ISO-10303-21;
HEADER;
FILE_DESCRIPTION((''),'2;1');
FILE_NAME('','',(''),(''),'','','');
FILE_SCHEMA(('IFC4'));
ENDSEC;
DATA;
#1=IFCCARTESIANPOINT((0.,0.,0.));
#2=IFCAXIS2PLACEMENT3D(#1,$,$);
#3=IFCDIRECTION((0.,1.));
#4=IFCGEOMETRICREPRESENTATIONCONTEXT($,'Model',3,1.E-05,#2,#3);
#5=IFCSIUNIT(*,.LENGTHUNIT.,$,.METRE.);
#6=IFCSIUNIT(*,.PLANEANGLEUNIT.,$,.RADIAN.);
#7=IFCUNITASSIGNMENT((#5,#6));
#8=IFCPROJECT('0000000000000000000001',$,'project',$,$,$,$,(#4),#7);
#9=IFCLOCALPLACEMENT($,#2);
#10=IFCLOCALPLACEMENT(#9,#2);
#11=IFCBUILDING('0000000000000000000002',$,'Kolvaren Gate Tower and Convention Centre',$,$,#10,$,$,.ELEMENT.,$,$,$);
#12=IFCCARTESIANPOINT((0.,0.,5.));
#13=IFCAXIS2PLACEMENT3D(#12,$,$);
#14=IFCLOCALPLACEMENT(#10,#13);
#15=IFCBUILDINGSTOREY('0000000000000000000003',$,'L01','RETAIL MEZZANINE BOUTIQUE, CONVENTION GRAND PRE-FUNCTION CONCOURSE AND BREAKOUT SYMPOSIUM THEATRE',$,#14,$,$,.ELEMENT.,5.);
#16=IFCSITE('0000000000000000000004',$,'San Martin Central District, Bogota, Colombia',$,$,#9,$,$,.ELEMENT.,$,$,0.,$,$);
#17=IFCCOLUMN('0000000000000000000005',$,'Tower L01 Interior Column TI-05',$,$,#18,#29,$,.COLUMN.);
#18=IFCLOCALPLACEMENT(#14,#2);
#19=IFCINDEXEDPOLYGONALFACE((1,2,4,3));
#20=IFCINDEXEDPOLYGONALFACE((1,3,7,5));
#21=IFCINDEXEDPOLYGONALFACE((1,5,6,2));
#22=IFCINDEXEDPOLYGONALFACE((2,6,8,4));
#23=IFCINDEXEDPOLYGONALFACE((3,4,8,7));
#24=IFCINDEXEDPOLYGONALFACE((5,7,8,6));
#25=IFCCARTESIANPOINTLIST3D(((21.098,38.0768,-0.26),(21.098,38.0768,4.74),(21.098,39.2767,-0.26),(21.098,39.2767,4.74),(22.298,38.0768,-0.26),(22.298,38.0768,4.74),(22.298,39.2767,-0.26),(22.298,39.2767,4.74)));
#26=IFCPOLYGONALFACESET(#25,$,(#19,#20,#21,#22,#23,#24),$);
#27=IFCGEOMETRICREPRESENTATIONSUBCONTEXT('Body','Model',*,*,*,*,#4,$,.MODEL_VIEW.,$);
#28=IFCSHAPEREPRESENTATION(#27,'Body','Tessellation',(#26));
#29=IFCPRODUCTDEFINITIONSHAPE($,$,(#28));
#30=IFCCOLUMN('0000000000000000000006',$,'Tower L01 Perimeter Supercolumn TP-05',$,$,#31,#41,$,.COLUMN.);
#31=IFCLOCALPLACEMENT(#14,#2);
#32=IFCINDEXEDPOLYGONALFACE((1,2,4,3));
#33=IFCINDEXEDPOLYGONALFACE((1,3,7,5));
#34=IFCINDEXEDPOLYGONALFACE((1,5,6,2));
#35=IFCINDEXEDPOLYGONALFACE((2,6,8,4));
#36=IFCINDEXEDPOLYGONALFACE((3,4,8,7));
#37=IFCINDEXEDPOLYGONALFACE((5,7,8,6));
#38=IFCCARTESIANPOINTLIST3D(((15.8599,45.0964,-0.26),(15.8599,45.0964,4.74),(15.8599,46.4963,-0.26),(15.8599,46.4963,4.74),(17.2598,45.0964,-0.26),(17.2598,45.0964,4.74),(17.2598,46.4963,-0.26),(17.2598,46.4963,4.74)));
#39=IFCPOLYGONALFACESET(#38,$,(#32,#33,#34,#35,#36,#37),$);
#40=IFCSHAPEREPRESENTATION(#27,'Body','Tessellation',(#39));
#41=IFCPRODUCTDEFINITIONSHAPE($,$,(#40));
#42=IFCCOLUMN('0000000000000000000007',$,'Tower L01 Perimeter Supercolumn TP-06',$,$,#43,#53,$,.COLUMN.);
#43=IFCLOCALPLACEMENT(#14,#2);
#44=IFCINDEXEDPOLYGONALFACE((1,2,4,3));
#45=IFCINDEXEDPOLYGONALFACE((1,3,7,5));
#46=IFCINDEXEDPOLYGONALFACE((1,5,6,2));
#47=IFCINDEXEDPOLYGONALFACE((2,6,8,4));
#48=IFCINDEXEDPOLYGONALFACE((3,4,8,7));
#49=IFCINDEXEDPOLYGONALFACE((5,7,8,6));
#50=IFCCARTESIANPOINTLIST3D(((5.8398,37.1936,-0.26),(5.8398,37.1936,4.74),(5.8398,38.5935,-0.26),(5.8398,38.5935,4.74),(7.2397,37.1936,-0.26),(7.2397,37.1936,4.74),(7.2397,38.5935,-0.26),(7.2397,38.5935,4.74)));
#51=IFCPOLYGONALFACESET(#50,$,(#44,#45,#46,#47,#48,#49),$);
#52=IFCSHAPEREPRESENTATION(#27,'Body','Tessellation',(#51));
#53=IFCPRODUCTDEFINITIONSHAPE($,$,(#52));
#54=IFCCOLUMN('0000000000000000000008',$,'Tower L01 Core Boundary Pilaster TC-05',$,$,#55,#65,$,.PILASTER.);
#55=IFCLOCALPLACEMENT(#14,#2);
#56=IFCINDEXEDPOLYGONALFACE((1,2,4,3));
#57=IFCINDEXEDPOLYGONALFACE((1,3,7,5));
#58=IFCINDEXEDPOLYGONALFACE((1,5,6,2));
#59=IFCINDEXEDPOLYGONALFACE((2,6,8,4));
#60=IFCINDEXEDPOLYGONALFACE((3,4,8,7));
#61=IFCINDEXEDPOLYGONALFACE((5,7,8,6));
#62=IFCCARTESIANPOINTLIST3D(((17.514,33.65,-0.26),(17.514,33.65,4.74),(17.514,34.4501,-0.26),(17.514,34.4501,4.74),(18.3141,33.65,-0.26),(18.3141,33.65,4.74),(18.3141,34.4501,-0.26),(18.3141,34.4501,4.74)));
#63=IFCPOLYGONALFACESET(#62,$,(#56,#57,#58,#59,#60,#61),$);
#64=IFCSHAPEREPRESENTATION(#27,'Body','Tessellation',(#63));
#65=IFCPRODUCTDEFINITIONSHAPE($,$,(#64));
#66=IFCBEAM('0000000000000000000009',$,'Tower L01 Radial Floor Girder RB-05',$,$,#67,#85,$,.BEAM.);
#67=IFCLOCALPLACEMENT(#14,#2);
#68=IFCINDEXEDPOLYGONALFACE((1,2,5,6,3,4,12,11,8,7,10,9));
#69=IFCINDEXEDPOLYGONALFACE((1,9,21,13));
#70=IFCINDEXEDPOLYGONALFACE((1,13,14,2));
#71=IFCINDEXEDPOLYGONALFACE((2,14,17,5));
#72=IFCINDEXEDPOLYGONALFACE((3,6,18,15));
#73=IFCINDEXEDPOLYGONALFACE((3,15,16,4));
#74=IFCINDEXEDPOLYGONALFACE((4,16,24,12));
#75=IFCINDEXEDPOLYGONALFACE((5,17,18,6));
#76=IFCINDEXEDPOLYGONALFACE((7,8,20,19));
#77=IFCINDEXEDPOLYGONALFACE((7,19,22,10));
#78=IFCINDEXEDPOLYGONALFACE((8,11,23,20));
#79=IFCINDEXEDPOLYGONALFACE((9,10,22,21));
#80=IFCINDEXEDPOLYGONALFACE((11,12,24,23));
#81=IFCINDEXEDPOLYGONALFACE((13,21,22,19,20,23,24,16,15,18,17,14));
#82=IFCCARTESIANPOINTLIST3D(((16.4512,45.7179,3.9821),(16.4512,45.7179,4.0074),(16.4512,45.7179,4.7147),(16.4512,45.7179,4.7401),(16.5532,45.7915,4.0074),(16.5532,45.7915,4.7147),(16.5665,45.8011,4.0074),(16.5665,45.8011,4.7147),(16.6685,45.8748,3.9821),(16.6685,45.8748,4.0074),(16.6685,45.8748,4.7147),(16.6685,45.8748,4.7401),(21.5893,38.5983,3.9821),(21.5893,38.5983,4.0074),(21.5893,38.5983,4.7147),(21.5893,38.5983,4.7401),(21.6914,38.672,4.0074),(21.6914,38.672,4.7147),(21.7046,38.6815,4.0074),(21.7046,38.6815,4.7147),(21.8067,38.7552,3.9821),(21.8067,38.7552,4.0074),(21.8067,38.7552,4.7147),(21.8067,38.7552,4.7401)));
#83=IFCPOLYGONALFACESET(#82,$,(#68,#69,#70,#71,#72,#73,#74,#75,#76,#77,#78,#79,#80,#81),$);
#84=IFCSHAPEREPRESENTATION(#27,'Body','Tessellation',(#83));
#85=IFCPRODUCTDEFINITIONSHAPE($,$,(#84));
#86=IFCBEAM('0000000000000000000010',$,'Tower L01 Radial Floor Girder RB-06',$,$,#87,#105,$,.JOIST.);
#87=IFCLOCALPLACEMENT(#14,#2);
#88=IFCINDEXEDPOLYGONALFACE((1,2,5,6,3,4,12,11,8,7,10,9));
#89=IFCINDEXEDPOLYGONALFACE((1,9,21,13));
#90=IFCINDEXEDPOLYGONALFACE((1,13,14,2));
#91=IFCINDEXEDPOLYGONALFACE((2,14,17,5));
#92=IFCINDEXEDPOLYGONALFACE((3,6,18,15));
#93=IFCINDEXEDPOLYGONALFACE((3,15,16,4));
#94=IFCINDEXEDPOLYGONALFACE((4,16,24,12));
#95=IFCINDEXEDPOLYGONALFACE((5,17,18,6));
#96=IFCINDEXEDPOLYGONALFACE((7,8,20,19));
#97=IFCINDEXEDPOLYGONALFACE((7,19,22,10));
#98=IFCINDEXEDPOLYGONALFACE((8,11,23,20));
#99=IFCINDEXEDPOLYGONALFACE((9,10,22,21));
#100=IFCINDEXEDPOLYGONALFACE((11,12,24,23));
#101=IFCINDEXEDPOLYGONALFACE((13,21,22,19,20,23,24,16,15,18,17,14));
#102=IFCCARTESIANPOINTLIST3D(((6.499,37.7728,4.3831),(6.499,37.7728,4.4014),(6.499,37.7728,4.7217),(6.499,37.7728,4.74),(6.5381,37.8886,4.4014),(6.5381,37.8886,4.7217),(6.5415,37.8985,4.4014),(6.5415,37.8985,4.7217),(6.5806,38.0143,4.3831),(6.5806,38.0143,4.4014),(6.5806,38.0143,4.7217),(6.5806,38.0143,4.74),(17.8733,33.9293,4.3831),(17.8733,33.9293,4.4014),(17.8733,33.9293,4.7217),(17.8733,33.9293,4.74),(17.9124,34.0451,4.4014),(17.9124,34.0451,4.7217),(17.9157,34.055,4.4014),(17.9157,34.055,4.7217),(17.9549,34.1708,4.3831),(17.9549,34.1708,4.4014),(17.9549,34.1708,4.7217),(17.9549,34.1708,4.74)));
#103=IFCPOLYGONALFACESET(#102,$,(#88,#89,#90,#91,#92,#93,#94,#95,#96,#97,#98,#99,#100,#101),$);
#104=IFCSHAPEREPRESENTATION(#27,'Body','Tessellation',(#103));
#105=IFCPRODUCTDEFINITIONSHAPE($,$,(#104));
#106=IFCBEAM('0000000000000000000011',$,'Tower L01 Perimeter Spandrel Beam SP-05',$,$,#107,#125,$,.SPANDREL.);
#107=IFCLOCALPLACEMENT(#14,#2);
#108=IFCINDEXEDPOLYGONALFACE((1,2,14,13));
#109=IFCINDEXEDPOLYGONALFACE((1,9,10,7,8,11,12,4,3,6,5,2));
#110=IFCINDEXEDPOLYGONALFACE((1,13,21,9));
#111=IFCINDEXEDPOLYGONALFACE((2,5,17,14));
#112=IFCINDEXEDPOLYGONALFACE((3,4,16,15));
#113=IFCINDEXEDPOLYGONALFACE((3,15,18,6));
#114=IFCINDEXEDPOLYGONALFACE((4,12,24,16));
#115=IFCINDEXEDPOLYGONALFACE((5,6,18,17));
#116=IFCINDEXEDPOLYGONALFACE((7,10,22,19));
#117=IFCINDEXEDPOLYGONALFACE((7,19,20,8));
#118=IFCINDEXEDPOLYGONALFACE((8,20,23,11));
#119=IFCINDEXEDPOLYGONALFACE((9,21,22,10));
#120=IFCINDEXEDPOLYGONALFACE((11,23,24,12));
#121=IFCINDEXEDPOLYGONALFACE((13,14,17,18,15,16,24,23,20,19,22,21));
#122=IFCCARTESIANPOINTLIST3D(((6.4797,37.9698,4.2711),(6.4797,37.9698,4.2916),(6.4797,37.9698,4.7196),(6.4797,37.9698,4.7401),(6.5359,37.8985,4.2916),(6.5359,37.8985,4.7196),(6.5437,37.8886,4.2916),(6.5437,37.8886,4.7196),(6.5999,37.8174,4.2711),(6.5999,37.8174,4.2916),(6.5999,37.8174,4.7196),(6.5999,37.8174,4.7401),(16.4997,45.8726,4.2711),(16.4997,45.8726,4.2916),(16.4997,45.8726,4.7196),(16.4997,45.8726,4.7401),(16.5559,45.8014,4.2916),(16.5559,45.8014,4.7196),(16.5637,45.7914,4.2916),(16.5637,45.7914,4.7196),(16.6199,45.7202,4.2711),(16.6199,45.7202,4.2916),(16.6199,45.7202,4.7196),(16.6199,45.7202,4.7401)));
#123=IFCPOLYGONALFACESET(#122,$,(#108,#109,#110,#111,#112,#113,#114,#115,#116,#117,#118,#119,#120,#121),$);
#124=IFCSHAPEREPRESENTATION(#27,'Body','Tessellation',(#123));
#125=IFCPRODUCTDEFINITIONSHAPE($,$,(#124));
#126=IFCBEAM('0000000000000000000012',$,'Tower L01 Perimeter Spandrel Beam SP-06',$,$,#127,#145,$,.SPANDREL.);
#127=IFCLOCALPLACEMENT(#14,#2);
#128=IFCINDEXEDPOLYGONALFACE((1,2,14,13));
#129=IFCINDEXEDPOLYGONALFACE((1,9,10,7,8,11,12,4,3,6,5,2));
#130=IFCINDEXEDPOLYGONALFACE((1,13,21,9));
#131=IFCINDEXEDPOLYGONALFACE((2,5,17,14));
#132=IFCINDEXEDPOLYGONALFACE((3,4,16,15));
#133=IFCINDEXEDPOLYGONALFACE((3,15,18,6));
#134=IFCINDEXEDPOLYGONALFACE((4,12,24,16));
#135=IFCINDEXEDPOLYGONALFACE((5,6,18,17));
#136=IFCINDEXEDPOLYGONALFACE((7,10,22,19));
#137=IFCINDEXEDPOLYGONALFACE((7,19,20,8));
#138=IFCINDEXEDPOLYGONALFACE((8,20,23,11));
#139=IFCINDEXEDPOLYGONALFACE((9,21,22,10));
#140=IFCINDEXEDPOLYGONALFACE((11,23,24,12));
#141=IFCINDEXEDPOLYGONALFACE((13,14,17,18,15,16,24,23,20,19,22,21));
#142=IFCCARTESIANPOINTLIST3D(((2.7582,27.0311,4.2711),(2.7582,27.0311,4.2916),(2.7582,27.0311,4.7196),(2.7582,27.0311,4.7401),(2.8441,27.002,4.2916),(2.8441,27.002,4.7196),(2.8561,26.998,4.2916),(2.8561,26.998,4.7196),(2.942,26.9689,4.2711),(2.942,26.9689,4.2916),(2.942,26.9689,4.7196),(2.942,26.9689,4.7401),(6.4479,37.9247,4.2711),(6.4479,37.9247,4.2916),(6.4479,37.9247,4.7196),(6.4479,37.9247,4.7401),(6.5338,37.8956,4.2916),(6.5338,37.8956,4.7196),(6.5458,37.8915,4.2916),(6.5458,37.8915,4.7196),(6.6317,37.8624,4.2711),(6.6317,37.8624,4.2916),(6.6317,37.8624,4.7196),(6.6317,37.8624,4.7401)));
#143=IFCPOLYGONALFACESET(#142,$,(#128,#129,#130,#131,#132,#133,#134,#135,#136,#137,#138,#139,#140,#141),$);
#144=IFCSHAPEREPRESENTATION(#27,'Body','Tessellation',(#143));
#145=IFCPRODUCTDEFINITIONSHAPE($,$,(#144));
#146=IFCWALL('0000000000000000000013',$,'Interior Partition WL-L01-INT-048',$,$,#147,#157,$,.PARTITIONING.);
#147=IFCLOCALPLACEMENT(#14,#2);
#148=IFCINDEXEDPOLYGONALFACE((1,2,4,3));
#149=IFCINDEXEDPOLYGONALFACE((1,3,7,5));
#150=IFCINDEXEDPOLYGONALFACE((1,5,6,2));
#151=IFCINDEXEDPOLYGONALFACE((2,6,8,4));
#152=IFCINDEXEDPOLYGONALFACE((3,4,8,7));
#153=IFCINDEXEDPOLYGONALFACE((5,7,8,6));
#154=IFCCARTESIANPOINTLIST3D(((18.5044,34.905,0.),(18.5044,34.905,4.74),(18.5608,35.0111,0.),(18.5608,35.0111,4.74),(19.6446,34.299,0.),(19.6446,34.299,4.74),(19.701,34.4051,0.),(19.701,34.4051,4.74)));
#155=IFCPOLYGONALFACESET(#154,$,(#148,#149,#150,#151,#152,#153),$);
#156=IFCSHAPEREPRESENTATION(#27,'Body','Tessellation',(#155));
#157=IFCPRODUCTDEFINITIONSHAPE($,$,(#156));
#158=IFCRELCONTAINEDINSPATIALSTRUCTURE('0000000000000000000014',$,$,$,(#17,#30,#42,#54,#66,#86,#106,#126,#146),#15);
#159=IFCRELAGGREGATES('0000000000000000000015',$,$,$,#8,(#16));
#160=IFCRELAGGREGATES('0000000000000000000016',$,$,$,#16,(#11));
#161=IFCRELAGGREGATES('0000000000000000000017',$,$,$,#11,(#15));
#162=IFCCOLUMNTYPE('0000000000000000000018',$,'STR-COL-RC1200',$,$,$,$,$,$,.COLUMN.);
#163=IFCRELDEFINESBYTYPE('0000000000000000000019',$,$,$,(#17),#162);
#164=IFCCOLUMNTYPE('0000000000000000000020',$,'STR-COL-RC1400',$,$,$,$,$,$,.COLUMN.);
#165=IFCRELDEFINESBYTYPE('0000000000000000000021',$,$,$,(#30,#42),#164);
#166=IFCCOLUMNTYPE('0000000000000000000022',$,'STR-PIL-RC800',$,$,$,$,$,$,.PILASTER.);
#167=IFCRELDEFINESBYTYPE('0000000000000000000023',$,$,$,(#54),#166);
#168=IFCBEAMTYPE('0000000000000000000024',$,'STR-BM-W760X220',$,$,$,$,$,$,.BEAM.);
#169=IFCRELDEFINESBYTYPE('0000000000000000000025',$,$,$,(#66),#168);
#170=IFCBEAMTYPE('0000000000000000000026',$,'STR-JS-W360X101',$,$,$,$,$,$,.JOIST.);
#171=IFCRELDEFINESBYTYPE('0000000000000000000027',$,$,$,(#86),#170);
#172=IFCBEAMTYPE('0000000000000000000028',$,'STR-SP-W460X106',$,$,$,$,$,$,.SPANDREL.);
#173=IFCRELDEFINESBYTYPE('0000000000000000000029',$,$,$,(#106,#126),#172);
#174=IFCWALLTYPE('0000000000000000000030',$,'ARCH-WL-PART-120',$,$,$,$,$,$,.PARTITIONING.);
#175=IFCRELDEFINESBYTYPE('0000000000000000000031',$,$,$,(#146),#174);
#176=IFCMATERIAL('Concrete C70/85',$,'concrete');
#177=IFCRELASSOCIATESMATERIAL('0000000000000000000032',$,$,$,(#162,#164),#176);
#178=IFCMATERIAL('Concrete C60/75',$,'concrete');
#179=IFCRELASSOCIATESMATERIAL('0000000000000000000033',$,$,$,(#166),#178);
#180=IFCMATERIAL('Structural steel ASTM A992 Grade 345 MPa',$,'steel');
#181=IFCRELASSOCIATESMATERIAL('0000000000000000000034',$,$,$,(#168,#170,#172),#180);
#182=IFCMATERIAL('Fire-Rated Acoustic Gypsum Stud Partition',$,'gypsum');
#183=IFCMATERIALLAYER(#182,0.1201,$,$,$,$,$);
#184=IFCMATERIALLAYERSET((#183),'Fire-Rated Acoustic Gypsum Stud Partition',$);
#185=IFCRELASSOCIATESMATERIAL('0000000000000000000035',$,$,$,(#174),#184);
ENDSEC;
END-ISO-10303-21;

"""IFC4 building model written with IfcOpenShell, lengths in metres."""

from ifc_helpers import new_model, si_unit, direction, frame, frame_2d, origin, origin_2d, place, context, subcontext, project, spatial, rectangle, i_section, extrude, material, layer, layer_set, material_profile, profile_set, type_object, element, save


model = new_model("IFC4")

# Units and contexts
model_context = context("Model", 3, precision=1e-05, world=origin(), true_north=direction((0.0, 1.0)))
body_context = subcontext(model_context, "Body", "Model", "MODEL_VIEW")
ifc_project = project(units=[si_unit("LENGTHUNIT", "METRE"), si_unit("PLANEANGLEUNIT", "RADIAN")], contexts=[model_context])

# Site, building, storey
site_placement = place(None, origin())
site = spatial("IfcSite", under=ifc_project, at=site_placement, Name="San Martin Central District, Bogota, Colombia", CompositionType="ELEMENT", RefElevation=0.0)
building_placement = place(site_placement, origin())
building = spatial("IfcBuilding", under=site, at=building_placement, Name="Kolvaren Gate Tower and Convention Centre", CompositionType="ELEMENT")
storey_placement = place(building_placement, frame((0.0, 0.0, 5.0)))
storey = spatial("IfcBuildingStorey", under=building, at=storey_placement, Name="L01", Description="RETAIL MEZZANINE BOUTIQUE, CONVENTION GRAND PRE-FUNCTION CONCOURSE AND BREAKOUT SYMPOSIUM THEATRE", CompositionType="ELEMENT", Elevation=5.0)

# Columns
ifc_material_1 = material(Name="Concrete C70/85", Category="concrete")
ifc_material_profile_1 = material_profile(ifc_material_1, rectangle(XDim=1.2, YDim=1.2, at=origin_2d()), Name="RC-COL-1200X1200")
ifc_profile_set_1 = profile_set([ifc_material_profile_1], Name="Concrete C70/85")
column_type_1 = type_object("IfcColumnType", Name="STR-COL-RC1200", PredefinedType="COLUMN", material=ifc_profile_set_1)
column_1_placement = place(storey_placement, frame((21.698, 38.6768, -0.26), z_axis=(0.0, 0.0, 1.0), x_axis=(1.0, 0.0, 0.0)))
element("IfcColumn", 1, at=column_1_placement, inside=storey, type_object=column_type_1, Name="Tower L01 Interior Column TI-05", PredefinedType="COLUMN", context=body_context, shape_type="SweptSolid", body=[
    extrude(rectangle(XDim=1.2, YDim=1.2, at=origin_2d()), origin(), (0.0, 0.0, 1.0), 5.0),
])
ifc_material_profile_2 = material_profile(ifc_material_1, rectangle(XDim=1.3999, YDim=1.3999, at=origin_2d()), Name="RC-COL-1400X1400")
ifc_profile_set_2 = profile_set([ifc_material_profile_2], Name="Concrete C70/85")
column_type_2 = type_object("IfcColumnType", Name="STR-COL-RC1400", PredefinedType="COLUMN", material=ifc_profile_set_2)
for number, where, z_axis, x_axis, name in (
    (2, (16.5598, 45.7964, -0.26), (0.0, 0.0, 1.0), (1.0, 0.0, 0.0), "Tower L01 Perimeter Supercolumn TP-05"),
    (3, (6.5398, 37.8936, -0.26), (0.0, 0.0, 1.0), (1.0, 0.0, 0.0), "Tower L01 Perimeter Supercolumn TP-06"),
):
    element("IfcColumn", number, at=place(storey_placement, frame(where, z_axis=z_axis, x_axis=x_axis)), inside=storey, type_object=column_type_2, Name=name, PredefinedType="COLUMN", context=body_context, shape_type="SweptSolid", body=[
        extrude(rectangle(XDim=1.3999, YDim=1.3999, at=origin_2d()), origin(), (0.0, 0.0, 1.0), 5.0),
    ])
ifc_material_2 = material(Name="Concrete C60/75", Category="concrete")
ifc_material_profile_3 = material_profile(ifc_material_2, rectangle(XDim=0.8, YDim=0.8, at=origin_2d()), Name="RC-COL-800X800")
ifc_profile_set_3 = profile_set([ifc_material_profile_3], Name="Concrete C60/75")
column_type_3 = type_object("IfcColumnType", Name="STR-PIL-RC800", PredefinedType="PILASTER", material=ifc_profile_set_3)
column_2_placement = place(storey_placement, frame((17.9141, 34.05, -0.26), z_axis=(0.0, 0.0, 1.0), x_axis=(1.0, 0.0, 0.0)))
element("IfcColumn", 4, at=column_2_placement, inside=storey, type_object=column_type_3, Name="Tower L01 Core Boundary Pilaster TC-05", PredefinedType="PILASTER", context=body_context, shape_type="SweptSolid", body=[
    extrude(rectangle(XDim=0.8, YDim=0.8, at=origin_2d()), origin(), (0.0, 0.0, 1.0), 5.0),
])

# Beams
ifc_material_3 = material(Name="Structural steel ASTM A992 Grade 345 MPa", Category="steel")
ifc_material_profile_4 = material_profile(ifc_material_3, i_section(OverallWidth=0.2681, OverallDepth=0.7581, WebThickness=0.0164, FlangeThickness=0.0254, at=origin_2d()), Name="W760X220")
ifc_profile_set_4 = profile_set([ifc_material_profile_4], Name="Structural steel ASTM A992 Grade 345 MPa")
beam_type_1 = type_object("IfcBeamType", Name="STR-BM-W760X220", PredefinedType="BEAM", material=ifc_profile_set_4)
beam_1_placement = place(storey_placement, frame((21.698, 38.6768, 4.3611), z_axis=(-0.585208, 0.810883, 0.0), x_axis=(-0.810883, -0.585208, 0.0)))
element("IfcBeam", 5, at=beam_1_placement, inside=storey, type_object=beam_type_1, Name="Tower L01 Radial Floor Girder RB-05", PredefinedType="BEAM", context=body_context, shape_type="SweptSolid", body=[
    extrude(i_section(OverallWidth=0.2681, OverallDepth=0.7581, WebThickness=0.0164, FlangeThickness=0.0254, at=origin_2d()), origin(), (0.0, 0.0, 1.0), 8.78),
])
ifc_material_profile_5 = material_profile(ifc_material_3, i_section(OverallWidth=0.2549, OverallDepth=0.3569, WebThickness=0.0105, FlangeThickness=0.0183, at=origin_2d()), Name="W360X101")
ifc_profile_set_5 = profile_set([ifc_material_profile_5], Name="Structural steel ASTM A992 Grade 345 MPa")
beam_type_2 = type_object("IfcBeamType", Name="STR-JS-W360X101", PredefinedType="JOIST", material=ifc_profile_set_5)
beam_2_placement = place(storey_placement, frame((17.9141, 34.05, 4.5615), z_axis=(-0.947374, 0.320129, 0.0), x_axis=(-0.320129, -0.947374, 0.0)))
element("IfcBeam", 6, at=beam_2_placement, inside=storey, type_object=beam_type_2, Name="Tower L01 Radial Floor Girder RB-06", PredefinedType="JOIST", context=body_context, shape_type="SweptSolid", body=[
    extrude(i_section(OverallWidth=0.2549, OverallDepth=0.3569, WebThickness=0.0105, FlangeThickness=0.0183, at=origin_2d()), origin(), (0.0, 0.0, 1.0), 12.0061),
])
ifc_material_profile_6 = material_profile(ifc_material_3, i_section(OverallWidth=0.1941, OverallDepth=0.469, WebThickness=0.0127, FlangeThickness=0.0205, at=origin_2d()), Name="W460X106")
ifc_profile_set_6 = profile_set([ifc_material_profile_6], Name="Structural steel ASTM A992 Grade 345 MPa")
beam_type_3 = type_object("IfcBeamType", Name="STR-SP-W460X106", PredefinedType="SPANDREL", material=ifc_profile_set_6)
beam_3_placement = place(storey_placement, frame((16.5598, 45.7964, 4.5056), z_axis=(-0.785176, -0.619272, 0.0), x_axis=(0.619272, -0.785176, 0.0)))
element("IfcBeam", 7, at=beam_3_placement, inside=storey, type_object=beam_type_3, Name="Tower L01 Perimeter Spandrel Beam SP-05", PredefinedType="SPANDREL", context=body_context, shape_type="SweptSolid", body=[
    extrude(i_section(OverallWidth=0.1941, OverallDepth=0.469, WebThickness=0.0127, FlangeThickness=0.0205, at=origin_2d()), origin(), (0.0, 0.0, 1.0), 12.7615),
])
beam_4_placement = place(storey_placement, frame((6.5398, 37.8936, 4.5056), z_axis=(-0.320803, -0.947146, 0.0), x_axis=(0.947146, -0.320803, 0.0)))
element("IfcBeam", 8, at=beam_4_placement, inside=storey, type_object=beam_type_3, Name="Tower L01 Perimeter Spandrel Beam SP-06", PredefinedType="SPANDREL", context=body_context, shape_type="SweptSolid", body=[
    extrude(i_section(OverallWidth=0.1941, OverallDepth=0.469, WebThickness=0.0127, FlangeThickness=0.0205, at=origin_2d()), origin(), (0.0, 0.0, 1.0), 11.5015),
])

# Wall
ifc_material_4 = material(Name="Fire-Rated Acoustic Gypsum Stud Partition", Category="gypsum")
ifc_layer_1 = layer(ifc_material_4, 0.1201)
ifc_layer_set_1 = layer_set([ifc_layer_1], Name="Fire-Rated Acoustic Gypsum Stud Partition")
wall_type_1 = type_object("IfcWallType", Name="ARCH-WL-PART-120", PredefinedType="PARTITIONING", material=ifc_layer_set_1)
wall_1_placement = place(storey_placement, frame((18.5327, 34.958, 0.0), z_axis=(0.0, 0.0, 1.0), x_axis=(0.883032, -0.469312, 0.0)))
element("IfcWall", 9, at=wall_1_placement, inside=storey, type_object=wall_type_1, Name="Interior Partition WL-L01-INT-048", PredefinedType="PARTITIONING", context=body_context, shape_type="SweptSolid", body=[
    extrude(rectangle(XDim=1.2913, YDim=0.1201, at=frame_2d((0.6455, 0.0))), origin(), (0.0, 0.0, 1.0), 4.74),
])

save(model, "model.ifc")
